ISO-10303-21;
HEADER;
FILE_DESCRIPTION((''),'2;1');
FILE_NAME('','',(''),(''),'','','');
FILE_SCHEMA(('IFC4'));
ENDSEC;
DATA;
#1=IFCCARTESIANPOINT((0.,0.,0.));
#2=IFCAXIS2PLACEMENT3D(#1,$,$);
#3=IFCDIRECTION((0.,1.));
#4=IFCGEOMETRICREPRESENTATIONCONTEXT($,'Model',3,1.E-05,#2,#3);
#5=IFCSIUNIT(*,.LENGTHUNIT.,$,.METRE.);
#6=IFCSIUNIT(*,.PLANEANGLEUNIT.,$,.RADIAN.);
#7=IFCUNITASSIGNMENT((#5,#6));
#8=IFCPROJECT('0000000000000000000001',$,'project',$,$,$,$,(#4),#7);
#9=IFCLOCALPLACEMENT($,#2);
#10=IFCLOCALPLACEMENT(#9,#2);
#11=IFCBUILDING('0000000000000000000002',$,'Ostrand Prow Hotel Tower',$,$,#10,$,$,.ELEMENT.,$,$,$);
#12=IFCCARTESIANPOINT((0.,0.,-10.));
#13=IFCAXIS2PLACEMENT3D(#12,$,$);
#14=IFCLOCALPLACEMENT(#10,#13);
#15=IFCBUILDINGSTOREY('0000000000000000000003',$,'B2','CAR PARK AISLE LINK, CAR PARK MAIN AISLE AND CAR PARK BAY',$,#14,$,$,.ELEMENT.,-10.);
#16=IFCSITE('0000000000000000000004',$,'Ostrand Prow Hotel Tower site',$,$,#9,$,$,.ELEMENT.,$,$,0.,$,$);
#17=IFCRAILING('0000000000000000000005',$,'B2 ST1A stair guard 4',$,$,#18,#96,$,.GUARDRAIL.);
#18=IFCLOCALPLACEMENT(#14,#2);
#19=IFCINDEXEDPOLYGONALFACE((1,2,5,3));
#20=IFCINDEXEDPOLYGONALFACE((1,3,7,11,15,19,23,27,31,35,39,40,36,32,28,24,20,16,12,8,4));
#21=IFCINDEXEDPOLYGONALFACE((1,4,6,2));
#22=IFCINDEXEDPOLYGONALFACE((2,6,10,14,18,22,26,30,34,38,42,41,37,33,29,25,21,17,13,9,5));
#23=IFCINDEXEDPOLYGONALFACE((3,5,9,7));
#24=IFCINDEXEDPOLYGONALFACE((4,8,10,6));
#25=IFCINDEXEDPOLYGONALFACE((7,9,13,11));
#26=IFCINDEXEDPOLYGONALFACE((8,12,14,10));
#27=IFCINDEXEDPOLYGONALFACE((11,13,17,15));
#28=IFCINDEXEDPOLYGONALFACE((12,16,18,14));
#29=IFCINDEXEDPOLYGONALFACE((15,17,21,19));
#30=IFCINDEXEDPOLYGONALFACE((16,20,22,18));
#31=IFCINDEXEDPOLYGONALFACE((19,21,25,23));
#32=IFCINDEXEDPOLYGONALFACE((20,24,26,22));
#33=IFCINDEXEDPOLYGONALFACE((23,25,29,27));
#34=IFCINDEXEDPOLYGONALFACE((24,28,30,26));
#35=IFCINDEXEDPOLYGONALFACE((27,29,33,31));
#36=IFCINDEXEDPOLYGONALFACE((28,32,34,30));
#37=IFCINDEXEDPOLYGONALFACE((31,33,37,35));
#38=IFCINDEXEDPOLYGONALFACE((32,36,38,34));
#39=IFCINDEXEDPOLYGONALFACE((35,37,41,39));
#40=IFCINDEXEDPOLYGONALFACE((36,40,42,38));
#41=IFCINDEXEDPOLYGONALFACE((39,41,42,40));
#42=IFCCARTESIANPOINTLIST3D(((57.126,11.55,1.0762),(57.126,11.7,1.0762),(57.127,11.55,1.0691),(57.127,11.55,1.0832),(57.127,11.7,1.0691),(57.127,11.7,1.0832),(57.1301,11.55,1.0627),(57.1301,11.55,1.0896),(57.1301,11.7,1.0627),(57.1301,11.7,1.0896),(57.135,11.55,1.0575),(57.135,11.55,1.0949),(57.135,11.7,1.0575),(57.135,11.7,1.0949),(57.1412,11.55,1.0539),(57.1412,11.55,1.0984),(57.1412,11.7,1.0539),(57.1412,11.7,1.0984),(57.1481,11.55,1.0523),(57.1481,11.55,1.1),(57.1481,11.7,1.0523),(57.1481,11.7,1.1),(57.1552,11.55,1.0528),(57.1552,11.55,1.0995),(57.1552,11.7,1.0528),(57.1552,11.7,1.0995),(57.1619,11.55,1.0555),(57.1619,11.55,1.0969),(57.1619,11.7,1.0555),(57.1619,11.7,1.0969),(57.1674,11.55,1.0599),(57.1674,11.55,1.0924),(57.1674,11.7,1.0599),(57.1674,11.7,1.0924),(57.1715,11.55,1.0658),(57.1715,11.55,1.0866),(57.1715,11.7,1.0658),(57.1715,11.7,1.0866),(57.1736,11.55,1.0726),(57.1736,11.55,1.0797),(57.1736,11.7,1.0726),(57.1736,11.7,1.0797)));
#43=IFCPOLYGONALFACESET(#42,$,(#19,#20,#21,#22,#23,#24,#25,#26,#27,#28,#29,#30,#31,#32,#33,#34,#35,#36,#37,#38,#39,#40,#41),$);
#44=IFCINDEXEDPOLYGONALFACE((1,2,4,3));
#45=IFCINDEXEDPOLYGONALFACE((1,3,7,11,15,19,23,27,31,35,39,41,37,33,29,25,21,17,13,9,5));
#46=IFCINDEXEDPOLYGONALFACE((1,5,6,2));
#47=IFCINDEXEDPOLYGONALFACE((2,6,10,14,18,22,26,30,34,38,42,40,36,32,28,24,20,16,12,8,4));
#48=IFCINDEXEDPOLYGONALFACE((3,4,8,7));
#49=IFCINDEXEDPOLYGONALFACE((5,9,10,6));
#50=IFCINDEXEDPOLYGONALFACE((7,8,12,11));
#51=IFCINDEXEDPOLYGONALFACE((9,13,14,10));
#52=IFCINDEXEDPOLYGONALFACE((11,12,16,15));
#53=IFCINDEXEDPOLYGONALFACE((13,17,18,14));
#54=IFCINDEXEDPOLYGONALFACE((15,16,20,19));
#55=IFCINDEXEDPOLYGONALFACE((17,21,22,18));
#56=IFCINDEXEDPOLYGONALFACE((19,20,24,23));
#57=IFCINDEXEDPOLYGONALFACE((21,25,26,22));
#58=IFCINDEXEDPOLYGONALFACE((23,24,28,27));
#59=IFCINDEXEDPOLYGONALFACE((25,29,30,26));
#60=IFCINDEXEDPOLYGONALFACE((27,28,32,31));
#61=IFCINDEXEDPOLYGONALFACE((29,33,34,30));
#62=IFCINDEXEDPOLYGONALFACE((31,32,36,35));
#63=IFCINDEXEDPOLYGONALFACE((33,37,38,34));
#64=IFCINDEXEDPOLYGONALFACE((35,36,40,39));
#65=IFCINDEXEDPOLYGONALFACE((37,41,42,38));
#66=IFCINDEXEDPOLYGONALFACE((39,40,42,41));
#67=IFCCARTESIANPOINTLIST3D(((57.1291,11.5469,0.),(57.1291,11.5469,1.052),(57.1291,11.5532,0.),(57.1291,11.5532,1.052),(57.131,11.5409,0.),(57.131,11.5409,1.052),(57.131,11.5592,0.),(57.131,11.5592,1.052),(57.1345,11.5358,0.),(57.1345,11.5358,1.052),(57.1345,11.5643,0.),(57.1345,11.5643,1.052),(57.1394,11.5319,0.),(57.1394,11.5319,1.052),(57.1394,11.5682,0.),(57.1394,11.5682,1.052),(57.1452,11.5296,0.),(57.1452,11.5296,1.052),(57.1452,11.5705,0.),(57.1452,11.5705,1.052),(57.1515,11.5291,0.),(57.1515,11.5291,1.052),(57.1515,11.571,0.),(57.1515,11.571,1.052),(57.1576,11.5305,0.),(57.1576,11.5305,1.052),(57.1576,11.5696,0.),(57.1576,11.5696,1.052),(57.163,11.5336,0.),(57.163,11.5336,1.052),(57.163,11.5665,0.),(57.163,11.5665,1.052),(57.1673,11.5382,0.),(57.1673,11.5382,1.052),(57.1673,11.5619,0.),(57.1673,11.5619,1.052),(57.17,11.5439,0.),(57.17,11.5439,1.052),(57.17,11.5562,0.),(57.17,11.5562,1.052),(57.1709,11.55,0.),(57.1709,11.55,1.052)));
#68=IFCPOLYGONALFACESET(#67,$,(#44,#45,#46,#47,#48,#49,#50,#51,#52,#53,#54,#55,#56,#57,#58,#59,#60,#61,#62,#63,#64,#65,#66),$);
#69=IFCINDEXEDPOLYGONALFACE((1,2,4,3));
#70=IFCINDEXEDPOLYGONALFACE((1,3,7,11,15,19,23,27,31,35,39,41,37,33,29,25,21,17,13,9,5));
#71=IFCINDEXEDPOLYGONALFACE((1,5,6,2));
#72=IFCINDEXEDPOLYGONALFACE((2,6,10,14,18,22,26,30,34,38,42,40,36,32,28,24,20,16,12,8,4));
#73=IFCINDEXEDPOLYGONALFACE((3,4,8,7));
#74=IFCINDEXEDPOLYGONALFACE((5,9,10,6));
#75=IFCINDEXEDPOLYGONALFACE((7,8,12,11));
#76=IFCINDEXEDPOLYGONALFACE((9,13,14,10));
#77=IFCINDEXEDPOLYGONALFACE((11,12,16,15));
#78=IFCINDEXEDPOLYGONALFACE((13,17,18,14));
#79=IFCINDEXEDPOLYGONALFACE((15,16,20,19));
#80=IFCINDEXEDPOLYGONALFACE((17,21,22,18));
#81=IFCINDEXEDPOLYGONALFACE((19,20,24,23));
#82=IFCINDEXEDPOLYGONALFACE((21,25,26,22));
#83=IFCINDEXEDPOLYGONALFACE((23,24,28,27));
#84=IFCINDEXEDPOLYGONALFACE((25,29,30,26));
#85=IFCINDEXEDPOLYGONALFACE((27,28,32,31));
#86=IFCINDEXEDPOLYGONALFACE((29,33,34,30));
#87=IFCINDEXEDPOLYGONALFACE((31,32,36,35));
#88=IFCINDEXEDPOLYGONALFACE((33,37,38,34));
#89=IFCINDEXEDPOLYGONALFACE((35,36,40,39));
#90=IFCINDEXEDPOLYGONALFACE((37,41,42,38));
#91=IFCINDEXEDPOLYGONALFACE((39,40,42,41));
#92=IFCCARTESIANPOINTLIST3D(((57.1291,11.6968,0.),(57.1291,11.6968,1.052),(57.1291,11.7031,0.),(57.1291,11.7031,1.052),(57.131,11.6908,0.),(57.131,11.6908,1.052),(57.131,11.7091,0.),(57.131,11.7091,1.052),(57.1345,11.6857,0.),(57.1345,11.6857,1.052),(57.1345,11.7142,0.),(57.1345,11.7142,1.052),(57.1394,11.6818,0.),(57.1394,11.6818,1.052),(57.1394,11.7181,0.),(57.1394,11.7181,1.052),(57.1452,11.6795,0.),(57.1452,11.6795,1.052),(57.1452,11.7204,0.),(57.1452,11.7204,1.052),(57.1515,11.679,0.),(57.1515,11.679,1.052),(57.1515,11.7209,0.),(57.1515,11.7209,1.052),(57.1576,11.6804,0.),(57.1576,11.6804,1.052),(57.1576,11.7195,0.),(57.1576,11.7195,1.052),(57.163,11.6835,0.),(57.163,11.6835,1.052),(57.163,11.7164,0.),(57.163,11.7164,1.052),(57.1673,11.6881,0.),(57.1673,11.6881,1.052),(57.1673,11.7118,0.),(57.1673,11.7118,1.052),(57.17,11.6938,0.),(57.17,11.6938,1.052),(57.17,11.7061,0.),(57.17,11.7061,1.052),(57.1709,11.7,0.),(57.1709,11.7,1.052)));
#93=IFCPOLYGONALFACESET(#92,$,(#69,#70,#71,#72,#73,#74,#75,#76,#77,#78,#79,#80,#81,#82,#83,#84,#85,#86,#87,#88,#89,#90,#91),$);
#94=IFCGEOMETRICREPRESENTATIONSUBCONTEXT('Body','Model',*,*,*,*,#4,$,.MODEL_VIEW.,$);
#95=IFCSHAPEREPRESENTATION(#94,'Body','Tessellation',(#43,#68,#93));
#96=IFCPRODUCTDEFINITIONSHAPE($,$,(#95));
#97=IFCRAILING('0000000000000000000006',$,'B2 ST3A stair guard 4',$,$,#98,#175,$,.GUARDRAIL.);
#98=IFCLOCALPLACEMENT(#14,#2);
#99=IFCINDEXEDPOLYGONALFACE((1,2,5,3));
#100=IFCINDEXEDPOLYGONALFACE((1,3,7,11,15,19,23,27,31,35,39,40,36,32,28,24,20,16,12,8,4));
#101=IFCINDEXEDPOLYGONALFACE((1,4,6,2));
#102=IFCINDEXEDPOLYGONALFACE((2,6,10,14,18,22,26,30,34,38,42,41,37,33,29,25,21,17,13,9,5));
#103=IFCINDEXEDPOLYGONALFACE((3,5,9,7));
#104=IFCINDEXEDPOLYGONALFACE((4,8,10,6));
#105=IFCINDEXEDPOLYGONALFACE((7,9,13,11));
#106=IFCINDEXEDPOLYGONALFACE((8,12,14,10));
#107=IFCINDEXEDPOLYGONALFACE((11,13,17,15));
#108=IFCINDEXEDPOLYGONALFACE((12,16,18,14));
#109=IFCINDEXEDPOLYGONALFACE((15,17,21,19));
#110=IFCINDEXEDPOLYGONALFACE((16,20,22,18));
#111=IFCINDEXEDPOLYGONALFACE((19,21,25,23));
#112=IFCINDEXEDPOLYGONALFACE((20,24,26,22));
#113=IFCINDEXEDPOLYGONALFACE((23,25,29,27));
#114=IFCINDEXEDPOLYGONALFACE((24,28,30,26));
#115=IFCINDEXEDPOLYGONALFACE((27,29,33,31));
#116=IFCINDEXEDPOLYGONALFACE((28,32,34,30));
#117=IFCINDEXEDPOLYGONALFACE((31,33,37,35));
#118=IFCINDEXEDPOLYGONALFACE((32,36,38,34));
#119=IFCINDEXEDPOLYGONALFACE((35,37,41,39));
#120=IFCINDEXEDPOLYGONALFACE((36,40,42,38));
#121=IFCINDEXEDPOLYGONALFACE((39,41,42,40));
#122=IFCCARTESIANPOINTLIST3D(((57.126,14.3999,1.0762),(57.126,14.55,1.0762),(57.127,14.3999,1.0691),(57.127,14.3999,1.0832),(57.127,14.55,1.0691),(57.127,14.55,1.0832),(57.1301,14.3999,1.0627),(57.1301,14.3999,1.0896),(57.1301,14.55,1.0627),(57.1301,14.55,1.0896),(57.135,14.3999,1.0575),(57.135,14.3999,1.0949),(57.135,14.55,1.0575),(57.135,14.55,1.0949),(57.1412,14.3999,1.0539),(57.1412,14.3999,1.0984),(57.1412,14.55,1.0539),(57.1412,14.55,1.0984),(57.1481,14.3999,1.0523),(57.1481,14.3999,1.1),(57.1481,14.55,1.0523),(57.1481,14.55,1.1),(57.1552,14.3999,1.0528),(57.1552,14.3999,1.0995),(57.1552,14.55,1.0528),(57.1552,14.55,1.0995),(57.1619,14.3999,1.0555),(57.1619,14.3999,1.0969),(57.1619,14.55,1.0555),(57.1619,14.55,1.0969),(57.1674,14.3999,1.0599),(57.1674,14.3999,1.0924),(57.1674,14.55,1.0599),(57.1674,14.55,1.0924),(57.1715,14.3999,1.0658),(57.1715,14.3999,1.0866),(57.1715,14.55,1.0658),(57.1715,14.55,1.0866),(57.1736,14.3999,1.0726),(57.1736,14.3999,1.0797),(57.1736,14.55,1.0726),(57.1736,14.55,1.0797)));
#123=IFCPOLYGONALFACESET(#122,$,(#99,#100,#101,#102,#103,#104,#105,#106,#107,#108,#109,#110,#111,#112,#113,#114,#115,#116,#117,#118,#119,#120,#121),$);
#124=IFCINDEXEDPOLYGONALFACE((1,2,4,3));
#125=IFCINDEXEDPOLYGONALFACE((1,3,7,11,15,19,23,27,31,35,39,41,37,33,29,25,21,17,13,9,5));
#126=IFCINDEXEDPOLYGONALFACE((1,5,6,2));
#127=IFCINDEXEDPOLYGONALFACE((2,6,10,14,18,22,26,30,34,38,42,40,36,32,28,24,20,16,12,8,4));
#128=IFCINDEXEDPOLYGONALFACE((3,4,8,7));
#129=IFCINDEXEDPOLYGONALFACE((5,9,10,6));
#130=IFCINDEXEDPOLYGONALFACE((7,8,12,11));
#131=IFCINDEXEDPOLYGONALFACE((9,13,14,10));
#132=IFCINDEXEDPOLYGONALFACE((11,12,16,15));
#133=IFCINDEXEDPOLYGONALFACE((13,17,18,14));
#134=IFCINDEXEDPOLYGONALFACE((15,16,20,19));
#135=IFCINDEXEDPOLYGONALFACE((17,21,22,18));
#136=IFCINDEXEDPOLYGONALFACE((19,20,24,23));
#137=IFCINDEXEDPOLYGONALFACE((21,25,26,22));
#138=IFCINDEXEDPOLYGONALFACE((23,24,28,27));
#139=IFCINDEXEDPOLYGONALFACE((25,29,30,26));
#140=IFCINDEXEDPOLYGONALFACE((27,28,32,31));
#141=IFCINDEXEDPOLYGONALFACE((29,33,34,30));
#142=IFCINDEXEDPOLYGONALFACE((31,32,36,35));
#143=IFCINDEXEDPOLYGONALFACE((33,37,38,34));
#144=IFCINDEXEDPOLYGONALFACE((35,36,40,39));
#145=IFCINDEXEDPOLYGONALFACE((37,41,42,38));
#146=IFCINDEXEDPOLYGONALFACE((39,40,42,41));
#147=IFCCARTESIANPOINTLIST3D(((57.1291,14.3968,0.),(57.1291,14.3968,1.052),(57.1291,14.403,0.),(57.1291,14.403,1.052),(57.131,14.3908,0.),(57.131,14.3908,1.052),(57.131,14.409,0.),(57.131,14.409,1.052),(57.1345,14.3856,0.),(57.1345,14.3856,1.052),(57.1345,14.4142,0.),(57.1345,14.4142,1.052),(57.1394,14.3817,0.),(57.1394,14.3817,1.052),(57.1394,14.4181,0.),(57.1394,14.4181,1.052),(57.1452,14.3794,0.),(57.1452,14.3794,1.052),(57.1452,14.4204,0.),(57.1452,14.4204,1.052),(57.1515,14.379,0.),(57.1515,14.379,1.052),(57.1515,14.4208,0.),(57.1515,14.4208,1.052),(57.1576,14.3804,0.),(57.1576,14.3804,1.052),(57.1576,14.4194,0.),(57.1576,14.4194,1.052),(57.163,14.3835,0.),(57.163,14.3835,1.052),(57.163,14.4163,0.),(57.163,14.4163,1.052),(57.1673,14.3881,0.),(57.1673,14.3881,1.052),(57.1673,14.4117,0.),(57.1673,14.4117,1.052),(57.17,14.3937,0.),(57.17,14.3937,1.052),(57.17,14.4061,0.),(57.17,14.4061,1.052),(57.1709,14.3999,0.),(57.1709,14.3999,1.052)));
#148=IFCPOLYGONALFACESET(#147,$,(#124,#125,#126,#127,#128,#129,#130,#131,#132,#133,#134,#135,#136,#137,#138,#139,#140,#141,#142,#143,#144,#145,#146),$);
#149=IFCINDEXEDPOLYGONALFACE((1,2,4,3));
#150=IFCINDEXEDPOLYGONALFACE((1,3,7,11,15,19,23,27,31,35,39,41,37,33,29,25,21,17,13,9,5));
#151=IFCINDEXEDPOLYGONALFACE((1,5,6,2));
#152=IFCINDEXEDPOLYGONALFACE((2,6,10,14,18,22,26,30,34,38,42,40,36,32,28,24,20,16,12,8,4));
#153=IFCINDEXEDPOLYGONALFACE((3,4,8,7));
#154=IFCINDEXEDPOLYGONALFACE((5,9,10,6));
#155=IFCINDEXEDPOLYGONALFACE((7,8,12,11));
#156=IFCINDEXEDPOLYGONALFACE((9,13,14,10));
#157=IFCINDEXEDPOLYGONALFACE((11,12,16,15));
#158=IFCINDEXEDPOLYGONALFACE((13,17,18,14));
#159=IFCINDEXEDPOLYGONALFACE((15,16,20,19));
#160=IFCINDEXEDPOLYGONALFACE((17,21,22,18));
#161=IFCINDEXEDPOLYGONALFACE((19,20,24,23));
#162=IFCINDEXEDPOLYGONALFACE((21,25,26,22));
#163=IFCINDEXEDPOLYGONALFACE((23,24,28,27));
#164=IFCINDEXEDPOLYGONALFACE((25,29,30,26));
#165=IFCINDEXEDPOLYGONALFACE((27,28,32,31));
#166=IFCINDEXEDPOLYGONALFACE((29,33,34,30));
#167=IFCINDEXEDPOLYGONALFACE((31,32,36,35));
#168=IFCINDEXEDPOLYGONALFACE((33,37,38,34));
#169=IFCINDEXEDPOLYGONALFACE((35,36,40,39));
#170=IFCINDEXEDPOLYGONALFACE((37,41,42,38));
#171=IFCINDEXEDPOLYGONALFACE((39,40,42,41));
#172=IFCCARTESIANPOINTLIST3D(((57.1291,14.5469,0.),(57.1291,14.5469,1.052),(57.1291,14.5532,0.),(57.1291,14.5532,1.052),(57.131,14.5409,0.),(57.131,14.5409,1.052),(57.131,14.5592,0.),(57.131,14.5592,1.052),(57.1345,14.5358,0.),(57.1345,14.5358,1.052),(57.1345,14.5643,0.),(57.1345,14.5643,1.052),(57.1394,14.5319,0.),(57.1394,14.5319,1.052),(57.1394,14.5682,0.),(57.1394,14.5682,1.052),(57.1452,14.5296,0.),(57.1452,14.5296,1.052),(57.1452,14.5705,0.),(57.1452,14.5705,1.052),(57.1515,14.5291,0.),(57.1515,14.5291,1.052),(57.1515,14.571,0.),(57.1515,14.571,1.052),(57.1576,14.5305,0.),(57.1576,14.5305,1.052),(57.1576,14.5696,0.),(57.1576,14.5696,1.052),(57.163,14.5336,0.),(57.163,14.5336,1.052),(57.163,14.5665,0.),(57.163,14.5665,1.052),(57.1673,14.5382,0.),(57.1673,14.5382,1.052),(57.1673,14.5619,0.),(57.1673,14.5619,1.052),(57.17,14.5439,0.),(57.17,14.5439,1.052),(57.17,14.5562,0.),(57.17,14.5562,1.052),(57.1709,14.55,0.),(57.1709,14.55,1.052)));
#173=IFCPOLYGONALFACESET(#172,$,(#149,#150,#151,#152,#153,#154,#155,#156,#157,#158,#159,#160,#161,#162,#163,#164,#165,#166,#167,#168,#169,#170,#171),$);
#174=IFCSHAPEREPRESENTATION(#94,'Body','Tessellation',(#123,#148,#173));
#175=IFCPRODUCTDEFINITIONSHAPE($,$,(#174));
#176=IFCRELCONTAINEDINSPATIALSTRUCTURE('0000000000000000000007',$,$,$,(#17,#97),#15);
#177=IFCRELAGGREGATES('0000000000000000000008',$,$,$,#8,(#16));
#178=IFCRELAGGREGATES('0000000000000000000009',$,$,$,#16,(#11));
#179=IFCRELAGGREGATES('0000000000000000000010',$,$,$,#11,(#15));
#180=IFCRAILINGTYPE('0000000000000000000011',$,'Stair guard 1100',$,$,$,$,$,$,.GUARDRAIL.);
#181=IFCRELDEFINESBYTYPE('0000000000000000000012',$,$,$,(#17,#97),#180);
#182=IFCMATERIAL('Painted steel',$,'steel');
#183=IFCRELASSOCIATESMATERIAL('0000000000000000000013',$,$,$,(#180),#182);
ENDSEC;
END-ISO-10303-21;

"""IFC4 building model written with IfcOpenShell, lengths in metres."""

from ifc_helpers import new_model, si_unit, direction, frame, origin, origin_2d, place, context, subcontext, project, spatial, circle, extrude, material, type_object, element, save


model = new_model("IFC4")

# Units and contexts
model_context = context("Model", 3, precision=1e-05, world=origin(), true_north=direction((0.0, 1.0)))
body_context = subcontext(model_context, "Body", "Model", "MODEL_VIEW")
ifc_project = project(units=[si_unit("LENGTHUNIT", "METRE"), si_unit("PLANEANGLEUNIT", "RADIAN")], contexts=[model_context])

# Site, building, storey
site_placement = place(None, origin())
site = spatial("IfcSite", under=ifc_project, at=site_placement, Name="Ostrand Prow Hotel Tower site", CompositionType="ELEMENT", RefElevation=0.0)
building_placement = place(site_placement, origin())
building = spatial("IfcBuilding", under=site, at=building_placement, Name="Ostrand Prow Hotel Tower", CompositionType="ELEMENT")
storey_placement = place(building_placement, frame((0.0, 0.0, -10.0)))
storey = spatial("IfcBuildingStorey", under=building, at=storey_placement, Name="B2", Description="CAR PARK AISLE LINK, CAR PARK MAIN AISLE AND CAR PARK BAY", CompositionType="ELEMENT", Elevation=-10.0)

# Railings
ifc_material_1 = material(Name="Painted steel", Category="steel")
railing_type_1 = type_object("IfcRailingType", Name="Stair guard 1100", PredefinedType="GUARDRAIL", material=ifc_material_1)
railing_1_placement = place(storey_placement, frame((57.1499, 11.55, 0.0)))
element("IfcRailing", 1, at=railing_1_placement, inside=storey, type_object=railing_type_1, Name="B2 ST1A stair guard 4", PredefinedType="GUARDRAIL", context=body_context, shape_type="SweptSolid", body=[
    extrude(circle(Radius=0.0239, at=origin_2d()), frame((0.0, 0.0, 1.0762), z_axis=(0.0, 1.0, 0.0), x_axis=(-1.0, 0.0, 0.0)), (0.0, 0.0, 1.0), 0.1499),
    extrude(circle(Radius=0.021, at=origin_2d()), origin(), (0.0, 0.0, 1.0), 1.052),
    extrude(circle(Radius=0.021, at=origin_2d()), frame((0.0, 0.1499, 0.0)), (0.0, 0.0, 1.0), 1.052),
])
railing_2_placement = place(storey_placement, frame((57.1499, 14.3999, 0.0)))
element("IfcRailing", 2, at=railing_2_placement, inside=storey, type_object=railing_type_1, Name="B2 ST3A stair guard 4", PredefinedType="GUARDRAIL", context=body_context, shape_type="SweptSolid", body=[
    extrude(circle(Radius=0.0239, at=origin_2d()), frame((0.0, 0.0, 1.0762), z_axis=(0.0, 1.0, 0.0), x_axis=(-1.0, 0.0, 0.0)), (0.0, 0.0, 1.0), 0.1501),
    extrude(circle(Radius=0.021, at=origin_2d()), origin(), (0.0, 0.0, 1.0), 1.052),
    extrude(circle(Radius=0.021, at=origin_2d()), frame((0.0, 0.1501, 0.0)), (0.0, 0.0, 1.0), 1.052),
])

save(model, "model.ifc")
